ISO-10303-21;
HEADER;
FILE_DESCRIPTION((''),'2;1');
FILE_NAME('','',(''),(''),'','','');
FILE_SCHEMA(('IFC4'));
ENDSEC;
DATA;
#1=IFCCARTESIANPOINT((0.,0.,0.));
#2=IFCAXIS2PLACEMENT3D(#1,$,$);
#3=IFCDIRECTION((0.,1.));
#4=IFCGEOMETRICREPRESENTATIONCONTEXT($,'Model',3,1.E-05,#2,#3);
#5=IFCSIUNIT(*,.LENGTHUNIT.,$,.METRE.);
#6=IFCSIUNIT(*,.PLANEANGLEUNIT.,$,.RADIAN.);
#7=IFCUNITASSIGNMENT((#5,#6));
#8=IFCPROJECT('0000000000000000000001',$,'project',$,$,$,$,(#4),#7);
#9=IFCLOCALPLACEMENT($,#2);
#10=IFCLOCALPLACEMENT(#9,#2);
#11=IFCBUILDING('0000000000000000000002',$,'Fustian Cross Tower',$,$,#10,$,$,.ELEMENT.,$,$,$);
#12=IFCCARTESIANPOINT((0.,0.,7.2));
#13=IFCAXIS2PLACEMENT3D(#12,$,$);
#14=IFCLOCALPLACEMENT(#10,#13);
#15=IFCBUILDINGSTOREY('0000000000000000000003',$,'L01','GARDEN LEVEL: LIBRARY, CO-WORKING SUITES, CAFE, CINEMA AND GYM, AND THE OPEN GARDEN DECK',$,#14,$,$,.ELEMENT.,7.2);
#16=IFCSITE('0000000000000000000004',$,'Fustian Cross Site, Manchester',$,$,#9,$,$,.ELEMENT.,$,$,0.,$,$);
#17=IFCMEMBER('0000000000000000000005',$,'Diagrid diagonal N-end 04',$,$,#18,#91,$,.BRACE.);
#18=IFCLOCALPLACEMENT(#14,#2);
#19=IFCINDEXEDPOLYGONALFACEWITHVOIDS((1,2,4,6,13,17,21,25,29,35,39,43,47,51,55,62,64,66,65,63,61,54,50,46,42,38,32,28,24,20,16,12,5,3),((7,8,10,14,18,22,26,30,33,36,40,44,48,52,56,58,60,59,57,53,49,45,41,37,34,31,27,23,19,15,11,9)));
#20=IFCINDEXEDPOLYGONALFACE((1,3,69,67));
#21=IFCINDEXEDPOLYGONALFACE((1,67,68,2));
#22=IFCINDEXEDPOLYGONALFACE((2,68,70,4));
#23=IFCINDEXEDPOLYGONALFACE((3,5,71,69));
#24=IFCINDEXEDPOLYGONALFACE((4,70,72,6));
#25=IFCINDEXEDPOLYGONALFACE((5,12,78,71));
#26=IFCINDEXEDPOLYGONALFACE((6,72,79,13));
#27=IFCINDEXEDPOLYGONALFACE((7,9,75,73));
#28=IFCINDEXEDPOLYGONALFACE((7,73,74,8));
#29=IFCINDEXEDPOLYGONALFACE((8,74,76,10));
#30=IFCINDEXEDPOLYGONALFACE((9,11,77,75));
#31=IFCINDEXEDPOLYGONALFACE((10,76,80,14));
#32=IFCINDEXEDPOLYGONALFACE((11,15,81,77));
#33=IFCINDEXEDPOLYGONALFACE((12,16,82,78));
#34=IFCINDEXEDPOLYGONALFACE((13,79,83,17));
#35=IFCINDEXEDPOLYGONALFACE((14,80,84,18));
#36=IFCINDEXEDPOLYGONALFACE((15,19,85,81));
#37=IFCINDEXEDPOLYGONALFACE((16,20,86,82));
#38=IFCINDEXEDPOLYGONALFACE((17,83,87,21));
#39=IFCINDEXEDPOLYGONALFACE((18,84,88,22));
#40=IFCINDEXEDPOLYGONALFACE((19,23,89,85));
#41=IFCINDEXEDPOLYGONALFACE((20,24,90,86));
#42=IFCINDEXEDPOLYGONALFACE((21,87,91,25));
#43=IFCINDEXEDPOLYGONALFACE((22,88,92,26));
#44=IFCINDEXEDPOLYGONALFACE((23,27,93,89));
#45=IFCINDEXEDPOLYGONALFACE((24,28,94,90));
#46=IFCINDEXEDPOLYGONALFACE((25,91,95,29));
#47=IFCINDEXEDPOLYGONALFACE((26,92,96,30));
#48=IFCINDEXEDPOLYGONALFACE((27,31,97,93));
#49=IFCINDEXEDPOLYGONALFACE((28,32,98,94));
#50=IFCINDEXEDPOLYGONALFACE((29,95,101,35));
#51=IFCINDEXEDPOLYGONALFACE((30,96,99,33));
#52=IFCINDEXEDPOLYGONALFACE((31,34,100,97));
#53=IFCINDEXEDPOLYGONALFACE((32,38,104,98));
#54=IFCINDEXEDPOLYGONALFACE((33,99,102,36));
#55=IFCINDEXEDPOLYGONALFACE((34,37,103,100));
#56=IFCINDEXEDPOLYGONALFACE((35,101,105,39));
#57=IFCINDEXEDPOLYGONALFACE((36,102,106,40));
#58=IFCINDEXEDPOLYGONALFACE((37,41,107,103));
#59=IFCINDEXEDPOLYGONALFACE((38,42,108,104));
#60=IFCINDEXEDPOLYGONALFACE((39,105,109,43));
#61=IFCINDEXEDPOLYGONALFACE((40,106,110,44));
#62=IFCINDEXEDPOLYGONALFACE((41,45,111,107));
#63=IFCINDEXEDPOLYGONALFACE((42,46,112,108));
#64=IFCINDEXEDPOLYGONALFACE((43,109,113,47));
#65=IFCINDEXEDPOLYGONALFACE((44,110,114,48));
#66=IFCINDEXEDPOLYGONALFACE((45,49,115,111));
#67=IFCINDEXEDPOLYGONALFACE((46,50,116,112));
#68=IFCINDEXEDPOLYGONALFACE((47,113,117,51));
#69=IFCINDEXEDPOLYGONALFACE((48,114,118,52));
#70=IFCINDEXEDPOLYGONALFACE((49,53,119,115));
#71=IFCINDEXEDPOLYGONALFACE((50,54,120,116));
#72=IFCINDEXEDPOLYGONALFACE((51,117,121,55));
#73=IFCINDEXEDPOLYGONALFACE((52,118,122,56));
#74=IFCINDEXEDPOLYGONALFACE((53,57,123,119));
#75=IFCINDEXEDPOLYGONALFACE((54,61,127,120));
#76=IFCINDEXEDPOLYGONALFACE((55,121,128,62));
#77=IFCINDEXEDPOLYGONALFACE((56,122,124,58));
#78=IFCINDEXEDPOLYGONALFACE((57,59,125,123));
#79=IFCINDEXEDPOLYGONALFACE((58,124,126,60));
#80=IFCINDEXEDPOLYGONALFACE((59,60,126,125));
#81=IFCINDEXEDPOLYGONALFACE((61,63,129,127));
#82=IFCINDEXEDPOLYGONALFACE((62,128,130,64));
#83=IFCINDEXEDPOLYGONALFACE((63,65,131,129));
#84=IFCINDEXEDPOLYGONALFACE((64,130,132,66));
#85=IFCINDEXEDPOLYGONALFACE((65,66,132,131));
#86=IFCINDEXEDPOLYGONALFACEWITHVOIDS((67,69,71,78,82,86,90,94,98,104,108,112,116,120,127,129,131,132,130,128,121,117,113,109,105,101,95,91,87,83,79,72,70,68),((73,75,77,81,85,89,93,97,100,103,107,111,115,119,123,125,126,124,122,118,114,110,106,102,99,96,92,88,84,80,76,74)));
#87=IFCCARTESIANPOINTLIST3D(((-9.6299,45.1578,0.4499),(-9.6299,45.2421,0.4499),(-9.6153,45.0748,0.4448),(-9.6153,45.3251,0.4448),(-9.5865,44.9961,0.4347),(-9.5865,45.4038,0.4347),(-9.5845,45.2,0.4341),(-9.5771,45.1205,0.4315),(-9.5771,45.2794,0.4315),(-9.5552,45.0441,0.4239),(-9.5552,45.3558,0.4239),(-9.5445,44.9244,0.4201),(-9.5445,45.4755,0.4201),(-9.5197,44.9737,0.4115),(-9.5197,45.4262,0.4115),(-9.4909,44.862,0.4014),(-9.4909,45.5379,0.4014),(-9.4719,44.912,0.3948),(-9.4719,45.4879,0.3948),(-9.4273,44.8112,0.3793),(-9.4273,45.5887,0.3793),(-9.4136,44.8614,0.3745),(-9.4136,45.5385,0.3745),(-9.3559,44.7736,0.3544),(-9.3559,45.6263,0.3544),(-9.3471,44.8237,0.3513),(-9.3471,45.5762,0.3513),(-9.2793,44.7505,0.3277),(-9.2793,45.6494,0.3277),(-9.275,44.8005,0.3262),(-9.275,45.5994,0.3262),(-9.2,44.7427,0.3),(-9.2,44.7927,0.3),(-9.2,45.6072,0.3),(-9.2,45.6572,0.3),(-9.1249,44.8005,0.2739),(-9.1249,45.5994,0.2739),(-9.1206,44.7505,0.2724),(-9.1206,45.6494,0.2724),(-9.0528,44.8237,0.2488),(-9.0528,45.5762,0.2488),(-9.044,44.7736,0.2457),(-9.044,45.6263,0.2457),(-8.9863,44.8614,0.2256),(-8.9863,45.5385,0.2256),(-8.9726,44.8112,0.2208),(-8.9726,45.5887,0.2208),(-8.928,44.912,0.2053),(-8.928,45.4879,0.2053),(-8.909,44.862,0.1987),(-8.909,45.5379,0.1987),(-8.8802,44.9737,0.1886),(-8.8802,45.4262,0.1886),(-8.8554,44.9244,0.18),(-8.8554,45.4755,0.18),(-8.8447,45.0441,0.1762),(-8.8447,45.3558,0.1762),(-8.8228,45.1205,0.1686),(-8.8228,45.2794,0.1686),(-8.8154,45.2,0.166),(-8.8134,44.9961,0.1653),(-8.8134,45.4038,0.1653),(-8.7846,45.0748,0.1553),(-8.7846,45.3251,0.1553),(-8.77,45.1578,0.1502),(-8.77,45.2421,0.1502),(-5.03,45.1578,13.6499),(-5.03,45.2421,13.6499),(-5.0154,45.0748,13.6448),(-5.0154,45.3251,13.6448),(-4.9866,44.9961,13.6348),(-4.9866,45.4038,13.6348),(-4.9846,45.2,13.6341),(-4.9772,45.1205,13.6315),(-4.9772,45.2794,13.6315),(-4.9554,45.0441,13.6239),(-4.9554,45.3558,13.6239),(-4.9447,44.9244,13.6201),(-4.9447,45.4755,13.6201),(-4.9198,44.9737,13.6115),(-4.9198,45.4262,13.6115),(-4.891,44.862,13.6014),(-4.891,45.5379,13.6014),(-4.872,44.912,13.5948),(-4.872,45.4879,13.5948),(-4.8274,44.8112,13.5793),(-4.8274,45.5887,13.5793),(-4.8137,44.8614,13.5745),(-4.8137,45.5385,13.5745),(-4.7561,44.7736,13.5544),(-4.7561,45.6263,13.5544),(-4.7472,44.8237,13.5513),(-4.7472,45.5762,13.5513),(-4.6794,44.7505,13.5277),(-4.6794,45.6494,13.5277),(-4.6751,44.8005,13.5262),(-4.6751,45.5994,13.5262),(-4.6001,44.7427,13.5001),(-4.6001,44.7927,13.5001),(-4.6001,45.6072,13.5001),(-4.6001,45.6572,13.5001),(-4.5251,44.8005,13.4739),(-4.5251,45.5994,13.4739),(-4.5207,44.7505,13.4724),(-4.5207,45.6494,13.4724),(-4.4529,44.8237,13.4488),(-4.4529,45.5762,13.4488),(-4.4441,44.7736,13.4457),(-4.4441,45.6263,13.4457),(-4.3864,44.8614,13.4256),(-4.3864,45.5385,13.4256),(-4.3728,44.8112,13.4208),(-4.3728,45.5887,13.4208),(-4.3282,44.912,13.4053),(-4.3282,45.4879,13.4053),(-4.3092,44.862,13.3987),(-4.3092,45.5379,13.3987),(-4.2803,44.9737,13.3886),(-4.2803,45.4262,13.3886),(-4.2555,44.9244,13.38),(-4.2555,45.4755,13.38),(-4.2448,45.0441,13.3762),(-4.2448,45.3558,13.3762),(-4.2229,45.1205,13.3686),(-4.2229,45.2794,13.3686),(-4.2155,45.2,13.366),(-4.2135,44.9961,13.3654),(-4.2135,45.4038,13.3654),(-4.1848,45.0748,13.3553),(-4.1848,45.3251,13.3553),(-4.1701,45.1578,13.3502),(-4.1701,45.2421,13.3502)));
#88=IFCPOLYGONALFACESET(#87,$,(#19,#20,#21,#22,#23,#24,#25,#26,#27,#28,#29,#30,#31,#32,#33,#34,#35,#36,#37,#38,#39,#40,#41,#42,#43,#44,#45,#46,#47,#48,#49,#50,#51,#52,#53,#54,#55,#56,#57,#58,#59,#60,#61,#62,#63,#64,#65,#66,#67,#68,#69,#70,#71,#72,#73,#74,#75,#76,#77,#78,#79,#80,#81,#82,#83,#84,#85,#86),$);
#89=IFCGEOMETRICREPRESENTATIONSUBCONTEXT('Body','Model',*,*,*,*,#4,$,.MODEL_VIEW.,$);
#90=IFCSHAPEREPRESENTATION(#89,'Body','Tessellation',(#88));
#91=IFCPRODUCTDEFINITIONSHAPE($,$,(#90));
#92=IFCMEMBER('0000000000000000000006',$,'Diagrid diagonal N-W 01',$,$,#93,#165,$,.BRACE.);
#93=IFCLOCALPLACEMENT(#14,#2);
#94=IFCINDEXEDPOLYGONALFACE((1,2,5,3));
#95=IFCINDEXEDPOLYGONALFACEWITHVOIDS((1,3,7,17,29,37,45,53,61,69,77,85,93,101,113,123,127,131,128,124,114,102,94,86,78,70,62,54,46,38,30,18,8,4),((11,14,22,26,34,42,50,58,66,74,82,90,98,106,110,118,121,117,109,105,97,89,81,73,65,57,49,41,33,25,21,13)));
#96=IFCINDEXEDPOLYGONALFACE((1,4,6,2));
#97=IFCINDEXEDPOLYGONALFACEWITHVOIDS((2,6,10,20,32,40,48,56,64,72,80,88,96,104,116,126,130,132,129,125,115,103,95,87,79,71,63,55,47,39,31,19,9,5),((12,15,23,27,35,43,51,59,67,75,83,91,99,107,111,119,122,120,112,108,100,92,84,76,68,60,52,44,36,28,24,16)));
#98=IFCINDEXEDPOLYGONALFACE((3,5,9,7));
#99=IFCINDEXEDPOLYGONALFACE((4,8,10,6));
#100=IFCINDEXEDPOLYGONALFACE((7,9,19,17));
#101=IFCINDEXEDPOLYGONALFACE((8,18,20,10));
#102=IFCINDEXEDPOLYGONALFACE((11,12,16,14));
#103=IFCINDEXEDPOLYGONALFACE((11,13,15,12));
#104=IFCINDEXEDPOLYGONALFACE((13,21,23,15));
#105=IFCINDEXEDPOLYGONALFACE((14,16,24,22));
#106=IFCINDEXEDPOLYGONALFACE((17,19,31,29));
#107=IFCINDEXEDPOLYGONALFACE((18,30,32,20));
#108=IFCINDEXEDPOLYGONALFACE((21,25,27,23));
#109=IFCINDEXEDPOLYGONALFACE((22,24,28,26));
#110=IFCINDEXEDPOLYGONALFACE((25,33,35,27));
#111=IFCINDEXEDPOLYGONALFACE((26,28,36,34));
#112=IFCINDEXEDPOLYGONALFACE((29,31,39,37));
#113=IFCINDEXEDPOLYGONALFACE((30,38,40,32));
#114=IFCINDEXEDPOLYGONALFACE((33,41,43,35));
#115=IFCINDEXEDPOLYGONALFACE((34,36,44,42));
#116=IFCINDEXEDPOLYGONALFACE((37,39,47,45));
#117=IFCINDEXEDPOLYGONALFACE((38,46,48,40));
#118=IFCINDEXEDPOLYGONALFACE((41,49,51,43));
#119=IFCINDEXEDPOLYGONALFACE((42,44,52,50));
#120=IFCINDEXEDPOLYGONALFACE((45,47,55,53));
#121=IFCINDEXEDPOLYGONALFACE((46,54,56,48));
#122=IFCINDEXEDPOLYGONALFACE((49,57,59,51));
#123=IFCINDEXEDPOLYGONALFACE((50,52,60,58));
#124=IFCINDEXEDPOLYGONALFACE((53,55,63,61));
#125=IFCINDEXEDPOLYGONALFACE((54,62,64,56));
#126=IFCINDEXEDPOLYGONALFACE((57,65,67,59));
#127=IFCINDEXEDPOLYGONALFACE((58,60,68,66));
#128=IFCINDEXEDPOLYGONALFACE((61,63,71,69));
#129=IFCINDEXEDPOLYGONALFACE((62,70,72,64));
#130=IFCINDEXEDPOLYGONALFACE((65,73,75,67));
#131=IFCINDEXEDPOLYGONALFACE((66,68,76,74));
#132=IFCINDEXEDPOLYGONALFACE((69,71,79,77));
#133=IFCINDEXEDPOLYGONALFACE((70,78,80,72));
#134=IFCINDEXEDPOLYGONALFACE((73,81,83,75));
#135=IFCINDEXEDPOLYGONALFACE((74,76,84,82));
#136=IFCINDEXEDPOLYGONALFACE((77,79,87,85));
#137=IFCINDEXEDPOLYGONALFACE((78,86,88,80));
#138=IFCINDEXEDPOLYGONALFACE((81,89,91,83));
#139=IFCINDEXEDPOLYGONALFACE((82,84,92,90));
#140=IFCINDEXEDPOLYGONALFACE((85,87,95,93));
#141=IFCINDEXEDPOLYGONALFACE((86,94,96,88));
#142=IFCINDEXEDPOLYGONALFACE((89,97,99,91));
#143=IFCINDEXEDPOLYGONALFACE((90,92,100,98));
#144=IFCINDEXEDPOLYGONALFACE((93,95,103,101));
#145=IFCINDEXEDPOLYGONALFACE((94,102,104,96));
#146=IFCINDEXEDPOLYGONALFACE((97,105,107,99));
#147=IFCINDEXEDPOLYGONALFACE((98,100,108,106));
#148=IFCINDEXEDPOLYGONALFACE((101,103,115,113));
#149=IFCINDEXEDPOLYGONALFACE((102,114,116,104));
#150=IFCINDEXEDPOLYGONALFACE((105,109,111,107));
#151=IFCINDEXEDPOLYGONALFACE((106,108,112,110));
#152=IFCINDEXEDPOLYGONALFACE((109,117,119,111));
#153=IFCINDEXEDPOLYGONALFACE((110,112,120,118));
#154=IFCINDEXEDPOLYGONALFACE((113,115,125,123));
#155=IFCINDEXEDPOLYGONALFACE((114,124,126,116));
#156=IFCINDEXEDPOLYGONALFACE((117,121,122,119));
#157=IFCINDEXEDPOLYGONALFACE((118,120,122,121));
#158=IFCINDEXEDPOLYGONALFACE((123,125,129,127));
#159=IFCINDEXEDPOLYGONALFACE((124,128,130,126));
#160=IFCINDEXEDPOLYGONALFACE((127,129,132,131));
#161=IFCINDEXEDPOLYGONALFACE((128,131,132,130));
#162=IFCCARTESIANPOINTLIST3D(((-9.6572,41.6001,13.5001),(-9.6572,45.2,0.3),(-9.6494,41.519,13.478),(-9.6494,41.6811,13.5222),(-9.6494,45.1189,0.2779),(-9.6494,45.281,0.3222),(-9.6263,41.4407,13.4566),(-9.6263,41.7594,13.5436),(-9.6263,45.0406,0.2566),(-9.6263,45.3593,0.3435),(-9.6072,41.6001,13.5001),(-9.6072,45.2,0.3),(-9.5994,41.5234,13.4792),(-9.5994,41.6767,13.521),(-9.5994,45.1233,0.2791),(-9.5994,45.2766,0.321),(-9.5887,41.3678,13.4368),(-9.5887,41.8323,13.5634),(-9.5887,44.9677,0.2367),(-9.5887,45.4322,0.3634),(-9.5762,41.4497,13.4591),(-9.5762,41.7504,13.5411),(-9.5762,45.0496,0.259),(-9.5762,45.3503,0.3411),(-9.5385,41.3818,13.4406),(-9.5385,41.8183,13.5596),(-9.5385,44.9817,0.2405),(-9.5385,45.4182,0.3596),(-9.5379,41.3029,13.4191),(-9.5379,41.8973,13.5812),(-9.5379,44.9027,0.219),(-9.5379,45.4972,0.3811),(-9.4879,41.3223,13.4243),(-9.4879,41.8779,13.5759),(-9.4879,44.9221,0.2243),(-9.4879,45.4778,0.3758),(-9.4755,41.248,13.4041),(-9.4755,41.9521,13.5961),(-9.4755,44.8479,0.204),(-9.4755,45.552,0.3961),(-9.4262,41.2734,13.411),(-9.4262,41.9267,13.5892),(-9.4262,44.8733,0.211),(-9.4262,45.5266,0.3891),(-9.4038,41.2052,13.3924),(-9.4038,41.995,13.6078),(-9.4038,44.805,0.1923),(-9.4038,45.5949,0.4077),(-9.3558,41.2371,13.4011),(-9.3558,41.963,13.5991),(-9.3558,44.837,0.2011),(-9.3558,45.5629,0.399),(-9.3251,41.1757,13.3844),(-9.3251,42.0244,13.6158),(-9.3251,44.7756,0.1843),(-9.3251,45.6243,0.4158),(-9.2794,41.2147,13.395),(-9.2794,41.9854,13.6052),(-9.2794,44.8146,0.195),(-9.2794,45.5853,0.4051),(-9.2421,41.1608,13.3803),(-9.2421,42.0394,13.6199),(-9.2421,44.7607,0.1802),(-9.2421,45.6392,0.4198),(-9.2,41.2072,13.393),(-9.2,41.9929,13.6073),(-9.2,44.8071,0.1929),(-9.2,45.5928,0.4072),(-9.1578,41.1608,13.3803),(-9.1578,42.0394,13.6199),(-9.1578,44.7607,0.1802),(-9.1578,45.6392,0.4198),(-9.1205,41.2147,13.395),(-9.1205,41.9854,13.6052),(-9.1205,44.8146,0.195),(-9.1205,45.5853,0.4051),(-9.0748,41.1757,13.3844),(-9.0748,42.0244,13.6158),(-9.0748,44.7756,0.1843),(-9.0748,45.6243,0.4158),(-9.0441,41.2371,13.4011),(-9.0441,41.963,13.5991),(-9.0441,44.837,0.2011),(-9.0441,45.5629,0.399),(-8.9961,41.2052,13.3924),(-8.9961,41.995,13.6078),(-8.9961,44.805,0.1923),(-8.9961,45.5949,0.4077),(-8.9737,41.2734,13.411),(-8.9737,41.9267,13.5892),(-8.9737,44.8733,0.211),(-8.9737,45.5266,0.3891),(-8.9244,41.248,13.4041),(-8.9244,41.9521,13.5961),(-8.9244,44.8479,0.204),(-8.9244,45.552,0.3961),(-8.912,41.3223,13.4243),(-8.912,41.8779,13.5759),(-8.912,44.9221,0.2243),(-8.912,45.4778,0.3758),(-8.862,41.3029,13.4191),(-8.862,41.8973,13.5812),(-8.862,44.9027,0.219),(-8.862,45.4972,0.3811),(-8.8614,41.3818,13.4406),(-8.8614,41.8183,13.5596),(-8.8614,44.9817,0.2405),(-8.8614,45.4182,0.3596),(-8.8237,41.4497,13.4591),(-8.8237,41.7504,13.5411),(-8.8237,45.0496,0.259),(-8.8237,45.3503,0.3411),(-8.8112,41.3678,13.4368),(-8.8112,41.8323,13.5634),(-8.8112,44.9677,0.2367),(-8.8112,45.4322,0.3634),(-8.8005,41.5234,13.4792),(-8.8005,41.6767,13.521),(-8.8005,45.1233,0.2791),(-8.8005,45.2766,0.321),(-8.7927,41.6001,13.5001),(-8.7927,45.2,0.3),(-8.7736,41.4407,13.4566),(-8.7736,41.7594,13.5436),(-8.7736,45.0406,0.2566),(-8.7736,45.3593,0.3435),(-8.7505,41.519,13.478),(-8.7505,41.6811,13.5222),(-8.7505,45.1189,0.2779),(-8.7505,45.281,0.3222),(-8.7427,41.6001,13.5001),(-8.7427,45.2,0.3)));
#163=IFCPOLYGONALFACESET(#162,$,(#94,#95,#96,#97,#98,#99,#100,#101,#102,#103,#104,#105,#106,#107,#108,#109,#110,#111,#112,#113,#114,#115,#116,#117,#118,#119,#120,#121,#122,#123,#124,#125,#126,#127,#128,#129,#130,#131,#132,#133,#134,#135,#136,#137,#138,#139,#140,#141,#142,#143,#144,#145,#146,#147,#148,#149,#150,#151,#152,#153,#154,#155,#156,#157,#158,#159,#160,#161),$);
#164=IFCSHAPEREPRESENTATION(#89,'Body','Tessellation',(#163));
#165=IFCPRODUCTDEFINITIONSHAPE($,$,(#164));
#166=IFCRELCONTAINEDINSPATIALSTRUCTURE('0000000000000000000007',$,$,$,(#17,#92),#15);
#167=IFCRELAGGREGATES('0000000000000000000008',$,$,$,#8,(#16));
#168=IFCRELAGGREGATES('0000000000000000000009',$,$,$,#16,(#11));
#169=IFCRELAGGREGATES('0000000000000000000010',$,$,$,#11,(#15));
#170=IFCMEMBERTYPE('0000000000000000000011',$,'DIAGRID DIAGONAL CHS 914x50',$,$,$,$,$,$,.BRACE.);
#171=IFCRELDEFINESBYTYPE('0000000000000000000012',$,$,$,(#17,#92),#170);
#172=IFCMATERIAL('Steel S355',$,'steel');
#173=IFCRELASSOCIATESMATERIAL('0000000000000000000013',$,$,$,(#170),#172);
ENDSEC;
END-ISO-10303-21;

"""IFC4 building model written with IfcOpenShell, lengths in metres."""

from ifc_helpers import new_model, si_unit, direction, frame, origin, origin_2d, place, context, subcontext, project, spatial, hollow_circle, extrude, material, material_profile, profile_set, type_object, element, save


model = new_model("IFC4")

# Units and contexts
model_context = context("Model", 3, precision=1e-05, world=origin(), true_north=direction((0.0, 1.0)))
body_context = subcontext(model_context, "Body", "Model", "MODEL_VIEW")
ifc_project = project(units=[si_unit("LENGTHUNIT", "METRE"), si_unit("PLANEANGLEUNIT", "RADIAN")], contexts=[model_context])

# Site, building, storey
site_placement = place(None, origin())
site = spatial("IfcSite", under=ifc_project, at=site_placement, Name="Fustian Cross Site, Manchester", CompositionType="ELEMENT", RefElevation=0.0)
building_placement = place(site_placement, origin())
building = spatial("IfcBuilding", under=site, at=building_placement, Name="Fustian Cross Tower", CompositionType="ELEMENT")
storey_placement = place(building_placement, frame((0.0, 0.0, 7.2)))
storey = spatial("IfcBuildingStorey", under=building, at=storey_placement, Name="L01", Description="GARDEN LEVEL: LIBRARY, CO-WORKING SUITES, CAFE, CINEMA AND GYM, AND THE OPEN GARDEN DECK", CompositionType="ELEMENT", Elevation=7.2)

# Members
ifc_material_1 = material(Name="Steel S355", Category="steel")
ifc_material_profile_1 = material_profile(ifc_material_1, hollow_circle(Radius=0.4573, WallThickness=0.05, at=origin_2d()), Name="CHS 914x50")
ifc_profile_set_1 = profile_set([ifc_material_profile_1], Name="Steel S355")
member_type_1 = type_object("IfcMemberType", Name="DIAGRID DIAGONAL CHS 914x50", PredefinedType="BRACE", material=ifc_profile_set_1)
member_1_placement = place(storey_placement, frame((-9.2, 45.2, 0.3), z_axis=(0.329067, 0.0, 0.944306), x_axis=(0.0, 1.0, 0.0)))
element("IfcMember", 1, at=member_1_placement, inside=storey, type_object=member_type_1, Name="Diagrid diagonal N-end 04", PredefinedType="BRACE", context=body_context, shape_type="SweptSolid", body=[
    extrude(hollow_circle(Radius=0.4573, WallThickness=0.05, at=origin_2d()), origin(), (0.0, 0.0, 1.0), 13.9785),
])
for number, where, z_axis, x_axis, name in (
    (2, (-9.2, 45.2, 0.3), (0.0, -0.263108, 0.964766), (1.0, 0.0, 0.0), "Diagrid diagonal N-W 01"),
):
    element("IfcMember", number, at=place(storey_placement, frame(where, z_axis=z_axis, x_axis=x_axis)), inside=storey, type_object=member_type_1, Name=name, PredefinedType="BRACE", context=body_context, shape_type="SweptSolid", body=[
        extrude(hollow_circle(Radius=0.4573, WallThickness=0.05, at=origin_2d()), origin(), (0.0, 0.0, 1.0), 13.6821),
    ])

save(model, "model.ifc")
